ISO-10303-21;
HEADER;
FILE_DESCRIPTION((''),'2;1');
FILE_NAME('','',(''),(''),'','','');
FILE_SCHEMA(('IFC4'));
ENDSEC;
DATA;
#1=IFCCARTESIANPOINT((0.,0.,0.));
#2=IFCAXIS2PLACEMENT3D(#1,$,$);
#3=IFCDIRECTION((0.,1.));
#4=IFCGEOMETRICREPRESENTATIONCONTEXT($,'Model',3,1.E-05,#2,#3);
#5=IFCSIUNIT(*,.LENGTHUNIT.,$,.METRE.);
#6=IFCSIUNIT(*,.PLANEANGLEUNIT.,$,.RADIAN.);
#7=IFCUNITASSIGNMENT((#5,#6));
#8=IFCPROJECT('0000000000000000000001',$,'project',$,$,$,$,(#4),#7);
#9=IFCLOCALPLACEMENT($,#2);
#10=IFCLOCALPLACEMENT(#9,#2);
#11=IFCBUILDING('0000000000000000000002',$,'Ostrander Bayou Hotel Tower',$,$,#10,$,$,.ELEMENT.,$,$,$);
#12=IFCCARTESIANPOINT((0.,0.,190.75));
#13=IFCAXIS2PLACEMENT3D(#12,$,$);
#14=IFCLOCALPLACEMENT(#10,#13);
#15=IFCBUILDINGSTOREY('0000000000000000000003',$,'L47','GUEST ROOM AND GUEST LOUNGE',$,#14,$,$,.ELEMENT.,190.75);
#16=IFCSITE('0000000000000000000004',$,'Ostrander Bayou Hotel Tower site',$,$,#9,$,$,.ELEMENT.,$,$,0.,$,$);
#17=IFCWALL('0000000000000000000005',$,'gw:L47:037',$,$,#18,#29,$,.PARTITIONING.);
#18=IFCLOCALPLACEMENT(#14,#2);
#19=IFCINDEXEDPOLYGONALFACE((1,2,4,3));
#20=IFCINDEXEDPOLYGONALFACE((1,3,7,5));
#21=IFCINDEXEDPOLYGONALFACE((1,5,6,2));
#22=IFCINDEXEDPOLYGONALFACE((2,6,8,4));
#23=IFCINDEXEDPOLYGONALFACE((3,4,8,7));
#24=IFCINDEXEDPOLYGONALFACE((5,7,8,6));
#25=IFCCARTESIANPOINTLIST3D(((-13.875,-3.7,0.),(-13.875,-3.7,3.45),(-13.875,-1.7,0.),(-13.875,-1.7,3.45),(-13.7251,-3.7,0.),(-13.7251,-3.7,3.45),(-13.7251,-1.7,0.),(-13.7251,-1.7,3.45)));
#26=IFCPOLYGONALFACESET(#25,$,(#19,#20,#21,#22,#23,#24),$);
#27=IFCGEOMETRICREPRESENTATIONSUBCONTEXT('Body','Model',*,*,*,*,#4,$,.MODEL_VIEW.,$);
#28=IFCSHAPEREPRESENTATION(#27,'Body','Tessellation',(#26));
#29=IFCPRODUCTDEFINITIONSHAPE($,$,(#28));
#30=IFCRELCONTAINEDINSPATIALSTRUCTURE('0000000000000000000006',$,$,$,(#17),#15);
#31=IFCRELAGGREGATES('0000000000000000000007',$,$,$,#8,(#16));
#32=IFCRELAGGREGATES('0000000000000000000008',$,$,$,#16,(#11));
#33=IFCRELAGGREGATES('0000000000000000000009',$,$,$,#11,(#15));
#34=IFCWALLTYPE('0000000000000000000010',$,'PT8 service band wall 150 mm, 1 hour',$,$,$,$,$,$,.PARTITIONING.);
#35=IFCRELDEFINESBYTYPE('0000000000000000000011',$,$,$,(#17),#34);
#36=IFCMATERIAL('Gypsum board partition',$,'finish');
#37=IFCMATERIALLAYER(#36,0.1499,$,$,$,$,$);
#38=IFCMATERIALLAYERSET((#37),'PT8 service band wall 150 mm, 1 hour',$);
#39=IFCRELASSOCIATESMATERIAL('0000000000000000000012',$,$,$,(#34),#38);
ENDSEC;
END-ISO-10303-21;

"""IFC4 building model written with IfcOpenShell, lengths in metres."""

from ifc_helpers import new_model, si_unit, direction, frame, frame_2d, origin, place, context, subcontext, project, spatial, rectangle, extrude, material, layer, layer_set, type_object, element, save


model = new_model("IFC4")

# Units and contexts
model_context = context("Model", 3, precision=1e-05, world=origin(), true_north=direction((0.0, 1.0)))
body_context = subcontext(model_context, "Body", "Model", "MODEL_VIEW")
ifc_project = project(units=[si_unit("LENGTHUNIT", "METRE"), si_unit("PLANEANGLEUNIT", "RADIAN")], contexts=[model_context])

# Site, building, storey
site_placement = place(None, origin())
site = spatial("IfcSite", under=ifc_project, at=site_placement, Name="Ostrander Bayou Hotel Tower site", CompositionType="ELEMENT", RefElevation=0.0)
building_placement = place(site_placement, origin())
building = spatial("IfcBuilding", under=site, at=building_placement, Name="Ostrander Bayou Hotel Tower", CompositionType="ELEMENT")
storey_placement = place(building_placement, frame((0.0, 0.0, 190.75)))
storey = spatial("IfcBuildingStorey", under=building, at=storey_placement, Name="L47", Description="GUEST ROOM AND GUEST LOUNGE", CompositionType="ELEMENT", Elevation=190.75)

# Shared definitions
ifc_material_1 = material(Name="Gypsum board partition", Category="finish")
ifc_layer_1 = layer(ifc_material_1, 0.1499)
ifc_layer_set_1 = layer_set([ifc_layer_1], Name="PT8 service band wall 150 mm, 1 hour")
wall_type_1 = type_object("IfcWallType", Name="PT8 service band wall 150 mm, 1 hour", PredefinedType="PARTITIONING", material=ifc_layer_set_1)

# Wall
wall_1_placement = place(storey_placement, frame((-13.8, -3.7, 0.0), z_axis=(0.0, 0.0, 1.0), x_axis=(0.0, 1.0, 0.0)))
element("IfcWall", 1, at=wall_1_placement, inside=storey, type_object=wall_type_1, Name="gw:L47:037", PredefinedType="PARTITIONING", context=body_context, shape_type="SweptSolid", body=[
    extrude(rectangle(XDim=2.0, YDim=0.1499, at=frame_2d((1.0, 0.0))), origin(), (0.0, 0.0, 1.0), 3.45),
])

save(model, "model.ifc")
